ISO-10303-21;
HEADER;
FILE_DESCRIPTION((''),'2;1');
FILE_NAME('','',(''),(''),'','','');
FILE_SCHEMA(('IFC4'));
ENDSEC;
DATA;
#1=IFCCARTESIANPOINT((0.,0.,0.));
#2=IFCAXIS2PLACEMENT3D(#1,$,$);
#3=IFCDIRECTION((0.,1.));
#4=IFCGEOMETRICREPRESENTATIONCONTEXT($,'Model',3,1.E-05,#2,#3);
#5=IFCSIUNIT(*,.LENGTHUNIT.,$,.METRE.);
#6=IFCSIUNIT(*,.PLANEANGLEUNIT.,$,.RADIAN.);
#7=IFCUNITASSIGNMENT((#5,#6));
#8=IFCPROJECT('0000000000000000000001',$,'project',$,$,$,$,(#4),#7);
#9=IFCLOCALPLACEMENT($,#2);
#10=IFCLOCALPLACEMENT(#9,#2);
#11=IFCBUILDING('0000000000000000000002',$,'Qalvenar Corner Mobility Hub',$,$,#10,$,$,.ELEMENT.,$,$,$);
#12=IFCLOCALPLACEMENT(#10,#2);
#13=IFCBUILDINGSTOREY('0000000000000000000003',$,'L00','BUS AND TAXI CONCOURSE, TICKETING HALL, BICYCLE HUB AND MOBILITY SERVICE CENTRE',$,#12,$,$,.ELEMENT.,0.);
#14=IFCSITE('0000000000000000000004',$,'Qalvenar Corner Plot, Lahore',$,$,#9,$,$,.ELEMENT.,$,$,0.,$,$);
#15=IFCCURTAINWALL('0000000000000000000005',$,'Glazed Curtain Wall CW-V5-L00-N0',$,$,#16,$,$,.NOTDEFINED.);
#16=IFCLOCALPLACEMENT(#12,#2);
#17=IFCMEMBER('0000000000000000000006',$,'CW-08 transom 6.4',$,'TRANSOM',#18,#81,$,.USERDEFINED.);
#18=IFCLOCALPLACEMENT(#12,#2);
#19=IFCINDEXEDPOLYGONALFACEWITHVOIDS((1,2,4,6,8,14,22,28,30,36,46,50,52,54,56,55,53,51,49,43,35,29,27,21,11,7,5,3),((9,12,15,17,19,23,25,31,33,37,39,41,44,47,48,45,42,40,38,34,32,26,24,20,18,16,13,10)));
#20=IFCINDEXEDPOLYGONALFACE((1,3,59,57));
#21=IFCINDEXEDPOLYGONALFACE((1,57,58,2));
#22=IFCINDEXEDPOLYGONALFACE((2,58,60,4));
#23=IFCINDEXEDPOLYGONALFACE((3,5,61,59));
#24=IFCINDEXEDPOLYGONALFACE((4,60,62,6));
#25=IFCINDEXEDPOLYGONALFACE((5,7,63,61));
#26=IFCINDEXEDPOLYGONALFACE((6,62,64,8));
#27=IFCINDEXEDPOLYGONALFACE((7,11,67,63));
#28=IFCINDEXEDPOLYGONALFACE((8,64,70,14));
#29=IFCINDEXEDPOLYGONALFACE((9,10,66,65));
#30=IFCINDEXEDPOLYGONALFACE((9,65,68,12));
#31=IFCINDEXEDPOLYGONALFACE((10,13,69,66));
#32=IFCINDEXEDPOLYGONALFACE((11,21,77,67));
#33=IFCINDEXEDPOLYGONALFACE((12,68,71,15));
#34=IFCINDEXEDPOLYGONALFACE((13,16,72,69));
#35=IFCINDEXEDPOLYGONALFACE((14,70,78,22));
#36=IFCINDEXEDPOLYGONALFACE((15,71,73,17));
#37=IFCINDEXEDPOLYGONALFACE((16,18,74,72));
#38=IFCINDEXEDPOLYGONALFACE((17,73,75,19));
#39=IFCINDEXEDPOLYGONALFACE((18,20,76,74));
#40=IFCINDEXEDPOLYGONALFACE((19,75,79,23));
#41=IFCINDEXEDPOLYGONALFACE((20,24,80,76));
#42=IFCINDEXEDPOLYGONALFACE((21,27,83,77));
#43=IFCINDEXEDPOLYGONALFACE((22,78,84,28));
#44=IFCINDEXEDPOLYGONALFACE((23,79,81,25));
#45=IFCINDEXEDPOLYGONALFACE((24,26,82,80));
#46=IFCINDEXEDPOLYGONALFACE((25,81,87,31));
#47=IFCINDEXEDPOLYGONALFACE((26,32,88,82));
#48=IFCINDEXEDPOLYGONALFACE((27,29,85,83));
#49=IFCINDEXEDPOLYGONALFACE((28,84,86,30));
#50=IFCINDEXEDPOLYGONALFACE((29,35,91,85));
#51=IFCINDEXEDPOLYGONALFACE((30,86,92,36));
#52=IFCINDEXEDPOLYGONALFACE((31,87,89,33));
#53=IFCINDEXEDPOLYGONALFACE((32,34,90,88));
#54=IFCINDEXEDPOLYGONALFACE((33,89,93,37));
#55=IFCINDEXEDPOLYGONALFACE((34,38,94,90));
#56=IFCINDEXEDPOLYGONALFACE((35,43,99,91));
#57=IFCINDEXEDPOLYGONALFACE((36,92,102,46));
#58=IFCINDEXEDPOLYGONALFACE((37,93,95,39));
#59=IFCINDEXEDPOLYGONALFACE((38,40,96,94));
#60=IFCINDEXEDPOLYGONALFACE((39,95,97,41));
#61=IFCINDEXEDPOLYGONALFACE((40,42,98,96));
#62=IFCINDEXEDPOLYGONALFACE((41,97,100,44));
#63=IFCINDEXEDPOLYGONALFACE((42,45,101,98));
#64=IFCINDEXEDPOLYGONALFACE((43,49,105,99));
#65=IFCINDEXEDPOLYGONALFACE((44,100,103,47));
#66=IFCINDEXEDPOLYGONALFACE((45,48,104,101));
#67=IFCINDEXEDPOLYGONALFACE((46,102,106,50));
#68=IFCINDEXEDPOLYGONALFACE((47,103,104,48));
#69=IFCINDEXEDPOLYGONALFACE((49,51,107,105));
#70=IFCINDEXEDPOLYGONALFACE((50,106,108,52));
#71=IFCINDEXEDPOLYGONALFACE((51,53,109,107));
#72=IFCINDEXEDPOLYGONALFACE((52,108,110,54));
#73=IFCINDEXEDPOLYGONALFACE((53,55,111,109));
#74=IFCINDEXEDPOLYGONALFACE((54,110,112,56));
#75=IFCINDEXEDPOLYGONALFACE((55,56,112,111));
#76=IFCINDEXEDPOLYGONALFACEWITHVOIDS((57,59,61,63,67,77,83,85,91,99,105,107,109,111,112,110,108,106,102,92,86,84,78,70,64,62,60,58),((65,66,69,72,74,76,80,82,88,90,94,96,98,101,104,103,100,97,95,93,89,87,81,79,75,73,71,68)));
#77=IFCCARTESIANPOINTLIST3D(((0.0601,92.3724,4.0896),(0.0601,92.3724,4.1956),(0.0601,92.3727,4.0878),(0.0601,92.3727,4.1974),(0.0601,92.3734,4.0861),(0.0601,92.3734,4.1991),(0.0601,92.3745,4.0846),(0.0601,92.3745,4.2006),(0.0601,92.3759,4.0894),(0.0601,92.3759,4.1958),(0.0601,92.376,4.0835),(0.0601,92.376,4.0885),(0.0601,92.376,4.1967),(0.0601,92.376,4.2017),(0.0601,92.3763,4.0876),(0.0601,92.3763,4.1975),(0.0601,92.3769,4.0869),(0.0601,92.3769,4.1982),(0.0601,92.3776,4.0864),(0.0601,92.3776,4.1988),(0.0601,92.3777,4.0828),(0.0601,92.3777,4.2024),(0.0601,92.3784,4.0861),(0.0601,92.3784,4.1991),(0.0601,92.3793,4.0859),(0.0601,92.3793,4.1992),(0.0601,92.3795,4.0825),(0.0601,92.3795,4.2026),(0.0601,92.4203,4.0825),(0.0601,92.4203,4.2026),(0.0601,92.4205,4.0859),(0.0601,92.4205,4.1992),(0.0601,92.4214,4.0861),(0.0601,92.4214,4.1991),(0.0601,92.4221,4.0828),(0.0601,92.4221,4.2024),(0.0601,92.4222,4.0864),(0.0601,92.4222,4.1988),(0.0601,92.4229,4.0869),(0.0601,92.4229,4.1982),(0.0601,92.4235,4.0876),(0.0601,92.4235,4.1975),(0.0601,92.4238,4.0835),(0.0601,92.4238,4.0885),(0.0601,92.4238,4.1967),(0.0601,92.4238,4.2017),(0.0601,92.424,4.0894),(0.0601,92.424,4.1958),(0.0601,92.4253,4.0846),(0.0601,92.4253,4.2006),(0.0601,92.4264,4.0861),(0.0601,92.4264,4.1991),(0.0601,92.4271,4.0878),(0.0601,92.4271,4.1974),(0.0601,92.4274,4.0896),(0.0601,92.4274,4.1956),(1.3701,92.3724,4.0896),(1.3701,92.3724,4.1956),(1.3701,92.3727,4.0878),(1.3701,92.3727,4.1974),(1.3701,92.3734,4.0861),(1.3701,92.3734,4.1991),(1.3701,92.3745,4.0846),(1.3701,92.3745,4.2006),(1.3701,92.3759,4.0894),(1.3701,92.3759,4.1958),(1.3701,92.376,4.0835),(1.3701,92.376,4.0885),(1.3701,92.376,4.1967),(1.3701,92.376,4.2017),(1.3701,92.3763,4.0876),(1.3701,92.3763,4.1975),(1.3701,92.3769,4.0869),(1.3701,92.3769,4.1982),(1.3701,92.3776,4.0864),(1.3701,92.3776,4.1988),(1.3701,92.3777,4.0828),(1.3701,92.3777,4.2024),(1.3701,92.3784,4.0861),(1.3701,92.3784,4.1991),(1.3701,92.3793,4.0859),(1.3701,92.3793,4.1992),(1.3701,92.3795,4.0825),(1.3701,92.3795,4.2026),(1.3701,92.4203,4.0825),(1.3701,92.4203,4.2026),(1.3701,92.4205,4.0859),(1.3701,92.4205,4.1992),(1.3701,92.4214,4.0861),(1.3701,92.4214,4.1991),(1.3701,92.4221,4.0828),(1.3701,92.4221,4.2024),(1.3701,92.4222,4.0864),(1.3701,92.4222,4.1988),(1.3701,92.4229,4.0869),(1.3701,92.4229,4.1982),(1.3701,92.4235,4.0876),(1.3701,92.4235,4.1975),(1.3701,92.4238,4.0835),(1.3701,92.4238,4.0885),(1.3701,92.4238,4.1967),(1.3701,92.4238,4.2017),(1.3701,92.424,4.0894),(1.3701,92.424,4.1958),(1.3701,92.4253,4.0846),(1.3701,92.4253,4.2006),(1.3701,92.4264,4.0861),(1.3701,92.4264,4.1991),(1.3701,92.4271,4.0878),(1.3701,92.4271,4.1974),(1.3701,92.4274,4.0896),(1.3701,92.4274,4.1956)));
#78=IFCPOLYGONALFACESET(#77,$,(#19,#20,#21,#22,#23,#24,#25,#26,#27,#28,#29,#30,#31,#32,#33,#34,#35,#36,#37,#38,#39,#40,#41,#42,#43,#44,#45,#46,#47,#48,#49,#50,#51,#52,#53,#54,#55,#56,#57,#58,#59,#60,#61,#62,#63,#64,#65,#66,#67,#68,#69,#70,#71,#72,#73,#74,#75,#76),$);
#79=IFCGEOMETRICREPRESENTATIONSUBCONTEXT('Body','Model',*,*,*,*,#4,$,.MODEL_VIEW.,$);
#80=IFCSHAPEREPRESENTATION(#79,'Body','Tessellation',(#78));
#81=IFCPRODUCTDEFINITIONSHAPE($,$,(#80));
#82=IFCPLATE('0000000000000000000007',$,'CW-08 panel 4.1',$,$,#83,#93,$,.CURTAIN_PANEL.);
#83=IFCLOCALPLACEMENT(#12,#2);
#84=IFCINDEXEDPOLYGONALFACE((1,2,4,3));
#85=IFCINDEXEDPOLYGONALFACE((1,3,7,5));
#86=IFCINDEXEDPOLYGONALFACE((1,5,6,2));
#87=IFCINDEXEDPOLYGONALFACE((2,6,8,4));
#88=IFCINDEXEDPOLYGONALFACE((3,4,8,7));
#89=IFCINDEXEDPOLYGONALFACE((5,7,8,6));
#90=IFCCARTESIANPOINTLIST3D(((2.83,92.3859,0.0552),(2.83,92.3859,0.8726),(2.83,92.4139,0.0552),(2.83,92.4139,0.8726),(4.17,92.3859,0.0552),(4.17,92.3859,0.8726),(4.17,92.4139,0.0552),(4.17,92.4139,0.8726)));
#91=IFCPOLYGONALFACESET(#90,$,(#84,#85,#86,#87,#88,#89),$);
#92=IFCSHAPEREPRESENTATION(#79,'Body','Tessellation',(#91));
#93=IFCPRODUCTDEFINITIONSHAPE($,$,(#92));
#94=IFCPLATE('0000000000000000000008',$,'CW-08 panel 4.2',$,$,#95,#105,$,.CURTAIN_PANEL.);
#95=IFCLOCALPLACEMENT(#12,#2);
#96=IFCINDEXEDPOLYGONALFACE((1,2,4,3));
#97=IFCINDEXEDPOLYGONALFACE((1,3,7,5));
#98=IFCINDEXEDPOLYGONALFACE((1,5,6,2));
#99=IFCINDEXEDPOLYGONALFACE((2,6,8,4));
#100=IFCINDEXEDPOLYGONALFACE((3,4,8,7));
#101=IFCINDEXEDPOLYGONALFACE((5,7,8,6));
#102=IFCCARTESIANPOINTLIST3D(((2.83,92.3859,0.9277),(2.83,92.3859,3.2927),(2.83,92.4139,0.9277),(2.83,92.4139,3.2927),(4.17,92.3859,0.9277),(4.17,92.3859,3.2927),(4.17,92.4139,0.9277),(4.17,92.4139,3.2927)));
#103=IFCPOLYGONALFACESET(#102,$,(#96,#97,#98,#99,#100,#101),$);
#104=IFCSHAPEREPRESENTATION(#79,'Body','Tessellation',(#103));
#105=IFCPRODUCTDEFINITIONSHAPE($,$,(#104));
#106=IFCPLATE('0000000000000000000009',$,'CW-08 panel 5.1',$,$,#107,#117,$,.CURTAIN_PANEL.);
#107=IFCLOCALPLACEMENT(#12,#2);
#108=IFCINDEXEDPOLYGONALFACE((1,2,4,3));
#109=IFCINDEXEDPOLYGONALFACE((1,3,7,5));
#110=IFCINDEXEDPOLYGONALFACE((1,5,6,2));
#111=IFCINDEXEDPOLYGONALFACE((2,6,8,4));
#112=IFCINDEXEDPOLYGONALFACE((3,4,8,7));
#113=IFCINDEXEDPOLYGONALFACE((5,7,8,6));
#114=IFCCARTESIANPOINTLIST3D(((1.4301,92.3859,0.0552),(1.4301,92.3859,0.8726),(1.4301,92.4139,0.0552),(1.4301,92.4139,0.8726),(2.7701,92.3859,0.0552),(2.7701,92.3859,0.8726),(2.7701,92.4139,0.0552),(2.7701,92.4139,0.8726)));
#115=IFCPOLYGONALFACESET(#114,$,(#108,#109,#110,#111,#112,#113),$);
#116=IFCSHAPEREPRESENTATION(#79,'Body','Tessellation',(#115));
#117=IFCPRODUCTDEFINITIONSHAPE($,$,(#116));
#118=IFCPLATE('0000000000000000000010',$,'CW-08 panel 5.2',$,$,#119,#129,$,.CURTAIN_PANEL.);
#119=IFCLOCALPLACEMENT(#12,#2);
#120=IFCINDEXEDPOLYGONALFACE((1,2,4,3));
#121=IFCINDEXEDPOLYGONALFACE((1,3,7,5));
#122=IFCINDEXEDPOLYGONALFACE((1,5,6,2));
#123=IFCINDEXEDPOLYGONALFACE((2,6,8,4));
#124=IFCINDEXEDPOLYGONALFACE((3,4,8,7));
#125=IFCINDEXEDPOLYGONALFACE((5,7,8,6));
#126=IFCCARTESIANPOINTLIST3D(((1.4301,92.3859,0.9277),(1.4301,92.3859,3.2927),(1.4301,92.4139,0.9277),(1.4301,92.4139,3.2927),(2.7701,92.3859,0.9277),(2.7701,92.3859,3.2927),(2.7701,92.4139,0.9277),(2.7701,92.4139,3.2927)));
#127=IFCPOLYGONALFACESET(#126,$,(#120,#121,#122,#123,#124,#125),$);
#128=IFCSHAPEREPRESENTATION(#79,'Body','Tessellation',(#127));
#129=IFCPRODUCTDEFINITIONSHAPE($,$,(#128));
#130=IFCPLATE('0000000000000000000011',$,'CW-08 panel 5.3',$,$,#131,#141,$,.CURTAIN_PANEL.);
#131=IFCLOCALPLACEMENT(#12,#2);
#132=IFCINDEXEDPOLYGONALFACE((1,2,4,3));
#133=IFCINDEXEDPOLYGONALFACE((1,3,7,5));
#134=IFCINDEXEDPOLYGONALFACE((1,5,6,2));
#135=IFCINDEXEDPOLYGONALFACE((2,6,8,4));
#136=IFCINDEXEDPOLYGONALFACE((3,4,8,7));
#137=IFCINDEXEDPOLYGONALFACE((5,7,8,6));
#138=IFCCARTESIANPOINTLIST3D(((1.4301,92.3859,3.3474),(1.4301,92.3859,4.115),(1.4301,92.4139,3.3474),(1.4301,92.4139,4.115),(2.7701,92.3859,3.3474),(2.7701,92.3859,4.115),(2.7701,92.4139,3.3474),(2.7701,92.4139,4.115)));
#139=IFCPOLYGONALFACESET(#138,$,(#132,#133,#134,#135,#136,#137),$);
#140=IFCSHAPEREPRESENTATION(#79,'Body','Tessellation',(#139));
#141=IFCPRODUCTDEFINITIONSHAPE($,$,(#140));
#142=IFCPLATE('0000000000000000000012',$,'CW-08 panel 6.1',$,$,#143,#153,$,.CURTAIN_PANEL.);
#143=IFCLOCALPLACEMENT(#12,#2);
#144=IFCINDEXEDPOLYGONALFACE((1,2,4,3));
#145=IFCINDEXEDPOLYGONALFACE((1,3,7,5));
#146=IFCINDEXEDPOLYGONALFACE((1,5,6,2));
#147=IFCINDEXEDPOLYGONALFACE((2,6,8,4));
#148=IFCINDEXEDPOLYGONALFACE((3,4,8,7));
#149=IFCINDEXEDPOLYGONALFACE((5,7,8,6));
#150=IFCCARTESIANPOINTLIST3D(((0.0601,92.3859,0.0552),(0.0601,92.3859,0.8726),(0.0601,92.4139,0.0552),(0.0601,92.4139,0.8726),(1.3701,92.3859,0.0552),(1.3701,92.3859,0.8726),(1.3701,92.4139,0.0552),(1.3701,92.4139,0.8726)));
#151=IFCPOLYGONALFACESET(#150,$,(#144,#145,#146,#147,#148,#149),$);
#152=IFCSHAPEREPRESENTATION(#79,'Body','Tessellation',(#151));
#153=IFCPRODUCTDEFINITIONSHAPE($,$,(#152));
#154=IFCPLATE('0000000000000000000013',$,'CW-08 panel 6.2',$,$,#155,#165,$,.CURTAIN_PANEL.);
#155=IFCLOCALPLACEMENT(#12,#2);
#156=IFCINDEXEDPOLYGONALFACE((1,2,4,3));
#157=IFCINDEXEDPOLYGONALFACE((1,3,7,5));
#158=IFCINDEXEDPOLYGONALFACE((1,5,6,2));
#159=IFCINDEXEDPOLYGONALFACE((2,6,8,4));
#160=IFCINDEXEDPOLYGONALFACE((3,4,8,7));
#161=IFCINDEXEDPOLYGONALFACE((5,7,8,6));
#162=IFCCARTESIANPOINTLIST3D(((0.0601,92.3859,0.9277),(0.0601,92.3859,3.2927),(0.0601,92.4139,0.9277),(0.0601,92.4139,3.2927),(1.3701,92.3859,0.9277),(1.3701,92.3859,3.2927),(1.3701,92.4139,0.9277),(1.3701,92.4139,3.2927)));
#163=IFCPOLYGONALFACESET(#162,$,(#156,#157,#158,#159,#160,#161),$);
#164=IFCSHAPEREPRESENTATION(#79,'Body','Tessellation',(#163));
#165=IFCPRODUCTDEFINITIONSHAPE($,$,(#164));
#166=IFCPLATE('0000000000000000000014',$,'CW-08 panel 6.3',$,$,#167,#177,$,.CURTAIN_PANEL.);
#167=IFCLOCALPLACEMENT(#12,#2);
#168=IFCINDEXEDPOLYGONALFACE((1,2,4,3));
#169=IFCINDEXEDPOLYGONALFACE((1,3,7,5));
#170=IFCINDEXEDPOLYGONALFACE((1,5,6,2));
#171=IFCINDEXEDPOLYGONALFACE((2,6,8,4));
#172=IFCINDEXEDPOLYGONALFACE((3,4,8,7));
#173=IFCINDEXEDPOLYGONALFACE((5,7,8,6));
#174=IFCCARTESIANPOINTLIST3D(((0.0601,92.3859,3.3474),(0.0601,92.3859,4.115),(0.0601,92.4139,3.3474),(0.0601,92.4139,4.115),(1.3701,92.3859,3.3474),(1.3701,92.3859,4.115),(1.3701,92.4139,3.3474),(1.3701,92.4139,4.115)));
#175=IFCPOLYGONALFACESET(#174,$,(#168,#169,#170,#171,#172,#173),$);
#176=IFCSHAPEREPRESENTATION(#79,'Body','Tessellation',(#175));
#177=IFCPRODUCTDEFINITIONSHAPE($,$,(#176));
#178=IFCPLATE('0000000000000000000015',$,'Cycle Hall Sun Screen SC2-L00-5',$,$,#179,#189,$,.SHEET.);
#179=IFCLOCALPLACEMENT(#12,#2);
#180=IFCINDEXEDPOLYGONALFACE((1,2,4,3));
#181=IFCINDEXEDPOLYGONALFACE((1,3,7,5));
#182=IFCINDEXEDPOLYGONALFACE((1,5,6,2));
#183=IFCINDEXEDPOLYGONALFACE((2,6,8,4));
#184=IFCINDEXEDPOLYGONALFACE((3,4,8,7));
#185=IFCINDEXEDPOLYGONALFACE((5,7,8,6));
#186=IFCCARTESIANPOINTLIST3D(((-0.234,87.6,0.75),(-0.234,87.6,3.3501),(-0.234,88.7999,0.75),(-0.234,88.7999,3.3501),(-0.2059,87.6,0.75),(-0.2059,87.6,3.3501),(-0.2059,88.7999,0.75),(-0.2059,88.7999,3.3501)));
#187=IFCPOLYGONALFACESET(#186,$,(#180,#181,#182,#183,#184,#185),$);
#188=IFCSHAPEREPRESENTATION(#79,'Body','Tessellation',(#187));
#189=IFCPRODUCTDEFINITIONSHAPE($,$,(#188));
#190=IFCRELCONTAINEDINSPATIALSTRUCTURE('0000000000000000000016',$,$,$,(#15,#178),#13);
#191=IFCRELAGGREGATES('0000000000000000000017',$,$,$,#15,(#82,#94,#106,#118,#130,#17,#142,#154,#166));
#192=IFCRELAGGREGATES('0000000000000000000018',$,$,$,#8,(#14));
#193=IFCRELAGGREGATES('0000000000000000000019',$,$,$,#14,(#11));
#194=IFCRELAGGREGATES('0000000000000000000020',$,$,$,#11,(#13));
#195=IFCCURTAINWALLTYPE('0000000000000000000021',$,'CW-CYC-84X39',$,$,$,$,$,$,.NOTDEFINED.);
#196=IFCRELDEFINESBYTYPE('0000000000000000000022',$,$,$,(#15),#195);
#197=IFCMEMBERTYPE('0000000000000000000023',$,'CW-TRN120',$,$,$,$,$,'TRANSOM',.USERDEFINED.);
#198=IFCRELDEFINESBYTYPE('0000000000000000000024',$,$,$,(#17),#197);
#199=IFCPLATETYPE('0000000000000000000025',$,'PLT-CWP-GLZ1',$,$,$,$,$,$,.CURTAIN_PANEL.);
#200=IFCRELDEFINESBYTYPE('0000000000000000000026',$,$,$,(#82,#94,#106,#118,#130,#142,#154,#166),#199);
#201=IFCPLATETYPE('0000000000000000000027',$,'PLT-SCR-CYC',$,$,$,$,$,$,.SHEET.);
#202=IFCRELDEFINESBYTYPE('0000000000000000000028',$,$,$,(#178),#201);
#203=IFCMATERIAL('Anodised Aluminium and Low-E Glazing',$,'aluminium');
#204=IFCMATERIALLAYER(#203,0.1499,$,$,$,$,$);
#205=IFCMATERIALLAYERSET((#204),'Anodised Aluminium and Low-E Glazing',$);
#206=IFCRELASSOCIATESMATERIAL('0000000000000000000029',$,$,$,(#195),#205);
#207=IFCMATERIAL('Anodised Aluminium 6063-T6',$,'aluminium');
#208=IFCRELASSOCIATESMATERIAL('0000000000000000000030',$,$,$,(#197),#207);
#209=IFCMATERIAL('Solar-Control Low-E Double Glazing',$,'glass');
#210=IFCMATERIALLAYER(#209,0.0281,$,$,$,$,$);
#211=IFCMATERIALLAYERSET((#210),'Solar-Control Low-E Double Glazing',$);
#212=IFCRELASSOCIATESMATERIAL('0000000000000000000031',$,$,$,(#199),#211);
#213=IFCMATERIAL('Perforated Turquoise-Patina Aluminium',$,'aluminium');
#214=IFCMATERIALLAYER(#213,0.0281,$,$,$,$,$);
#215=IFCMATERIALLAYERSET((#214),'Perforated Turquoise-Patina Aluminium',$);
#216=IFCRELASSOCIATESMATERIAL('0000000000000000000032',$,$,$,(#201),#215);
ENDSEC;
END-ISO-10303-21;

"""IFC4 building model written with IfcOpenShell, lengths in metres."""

from ifc_helpers import new_model, si_unit, direction, frame, origin, origin_2d, place, context, subcontext, project, spatial, rectangle, hollow_rectangle, extrude, material, layer, layer_set, material_profile, profile_set, type_object, element, aggregate, save


model = new_model("IFC4")

# Units and contexts
model_context = context("Model", 3, precision=1e-05, world=origin(), true_north=direction((0.0, 1.0)))
body_context = subcontext(model_context, "Body", "Model", "MODEL_VIEW")
ifc_project = project(units=[si_unit("LENGTHUNIT", "METRE"), si_unit("PLANEANGLEUNIT", "RADIAN")], contexts=[model_context])

# Site, building, storey
site_placement = place(None, origin())
site = spatial("IfcSite", under=ifc_project, at=site_placement, Name="Qalvenar Corner Plot, Lahore", CompositionType="ELEMENT", RefElevation=0.0)
building_placement = place(site_placement, origin())
building = spatial("IfcBuilding", under=site, at=building_placement, Name="Qalvenar Corner Mobility Hub", CompositionType="ELEMENT")
storey_placement = place(building_placement, origin())
storey = spatial("IfcBuildingStorey", under=building, at=storey_placement, Name="L00", Description="BUS AND TAXI CONCOURSE, TICKETING HALL, BICYCLE HUB AND MOBILITY SERVICE CENTRE", CompositionType="ELEMENT", Elevation=0.0)

# Curtain wall, member, plates
ifc_material_1 = material(Name="Anodised Aluminium and Low-E Glazing", Category="aluminium")
ifc_layer_1 = layer(ifc_material_1, 0.1499)
ifc_layer_set_1 = layer_set([ifc_layer_1], Name="Anodised Aluminium and Low-E Glazing")
curtain_wall_type = type_object("IfcCurtainWallType", Name="CW-CYC-84X39", PredefinedType="NOTDEFINED", material=ifc_layer_set_1)
curtain_wall_placement = place(storey_placement, origin())
curtain_wall = element("IfcCurtainWall", 1, at=curtain_wall_placement, inside=storey, type_object=curtain_wall_type, Name="Glazed Curtain Wall CW-V5-L00-N0", PredefinedType="NOTDEFINED")
ifc_material_2 = material(Name="Anodised Aluminium 6063-T6", Category="aluminium")
ifc_material_profile_1 = material_profile(ifc_material_2, hollow_rectangle(XDim=0.0549, YDim=0.1201, WallThickness=0.0034, InnerFilletRadius=0.0034, OuterFilletRadius=0.0071, at=origin_2d()), Name="RHS120x55x3.5")
ifc_profile_set_1 = profile_set([ifc_material_profile_1], Name="Anodised Aluminium 6063-T6")
member_type_1 = type_object("IfcMemberType", Name="CW-TRN120", ElementType="TRANSOM", PredefinedType="USERDEFINED", material=ifc_profile_set_1)
member_1_placement = place(storey_placement, frame((1.3701, 92.3999, 4.1426), z_axis=(-1.0, 0.0, 0.0), x_axis=(0.0, -1.0, 0.0)))
member_1 = element("IfcMember", 2, at=member_1_placement, type_object=member_type_1, Name="CW-08 transom 6.4", ObjectType="TRANSOM", PredefinedType="USERDEFINED", context=body_context, shape_type="SweptSolid", body=[
    extrude(hollow_rectangle(XDim=0.0549, YDim=0.1201, WallThickness=0.0034, InnerFilletRadius=0.0034, OuterFilletRadius=0.0071, at=origin_2d()), origin(), (0.0, 0.0, 1.0), 1.3101),
])
ifc_material_3 = material(Name="Solar-Control Low-E Double Glazing", Category="glass")
ifc_layer_2 = layer(ifc_material_3, 0.0281)
ifc_layer_set_2 = layer_set([ifc_layer_2], Name="Solar-Control Low-E Double Glazing")
plate_type_1 = type_object("IfcPlateType", Name="PLT-CWP-GLZ1", PredefinedType="CURTAIN_PANEL", material=ifc_layer_set_2)
plate_1_placement = place(storey_placement, frame((3.5, 92.3999, 0.0552), z_axis=(0.0, 0.0, 1.0), x_axis=(-1.0, 0.0, 0.0)))
plate_1 = element("IfcPlate", 3, at=plate_1_placement, type_object=plate_type_1, Name="CW-08 panel 4.1", PredefinedType="CURTAIN_PANEL", context=body_context, shape_type="SweptSolid", body=[
    extrude(rectangle(XDim=1.3401, YDim=0.0281, at=origin_2d()), origin(), (0.0, 0.0, 1.0), 0.8174),
])
plate_2_placement = place(storey_placement, frame((3.5, 92.3999, 0.9277), z_axis=(0.0, 0.0, 1.0), x_axis=(-1.0, 0.0, 0.0)))
plate_2 = element("IfcPlate", 4, at=plate_2_placement, type_object=plate_type_1, Name="CW-08 panel 4.2", PredefinedType="CURTAIN_PANEL", context=body_context, shape_type="SweptSolid", body=[
    extrude(rectangle(XDim=1.3401, YDim=0.0281, at=origin_2d()), origin(), (0.0, 0.0, 1.0), 2.365),
])
plate_3_placement = place(storey_placement, frame((2.1001, 92.3999, 0.0552), z_axis=(0.0, 0.0, 1.0), x_axis=(-1.0, 0.0, 0.0)))
plate_3 = element("IfcPlate", 5, at=plate_3_placement, type_object=plate_type_1, Name="CW-08 panel 5.1", PredefinedType="CURTAIN_PANEL", context=body_context, shape_type="SweptSolid", body=[
    extrude(rectangle(XDim=1.3401, YDim=0.0281, at=origin_2d()), origin(), (0.0, 0.0, 1.0), 0.8174),
])
plate_4_placement = place(storey_placement, frame((2.1001, 92.3999, 0.9277), z_axis=(0.0, 0.0, 1.0), x_axis=(-1.0, 0.0, 0.0)))
plate_4 = element("IfcPlate", 6, at=plate_4_placement, type_object=plate_type_1, Name="CW-08 panel 5.2", PredefinedType="CURTAIN_PANEL", context=body_context, shape_type="SweptSolid", body=[
    extrude(rectangle(XDim=1.3401, YDim=0.0281, at=origin_2d()), origin(), (0.0, 0.0, 1.0), 2.365),
])
plate_5_placement = place(storey_placement, frame((2.1001, 92.3999, 3.3474), z_axis=(0.0, 0.0, 1.0), x_axis=(-1.0, 0.0, 0.0)))
plate_5 = element("IfcPlate", 7, at=plate_5_placement, type_object=plate_type_1, Name="CW-08 panel 5.3", PredefinedType="CURTAIN_PANEL", context=body_context, shape_type="SweptSolid", body=[
    extrude(rectangle(XDim=1.3401, YDim=0.0281, at=origin_2d()), origin(), (0.0, 0.0, 1.0), 0.7676),
])
plate_6_placement = place(storey_placement, frame((0.7151, 92.3999, 0.0552), z_axis=(0.0, 0.0, 1.0), x_axis=(-1.0, 0.0, 0.0)))
plate_6 = element("IfcPlate", 8, at=plate_6_placement, type_object=plate_type_1, Name="CW-08 panel 6.1", PredefinedType="CURTAIN_PANEL", context=body_context, shape_type="SweptSolid", body=[
    extrude(rectangle(XDim=1.3101, YDim=0.0281, at=origin_2d()), origin(), (0.0, 0.0, 1.0), 0.8174),
])
plate_7_placement = place(storey_placement, frame((0.7151, 92.3999, 0.9277), z_axis=(0.0, 0.0, 1.0), x_axis=(-1.0, 0.0, 0.0)))
plate_7 = element("IfcPlate", 9, at=plate_7_placement, type_object=plate_type_1, Name="CW-08 panel 6.2", PredefinedType="CURTAIN_PANEL", context=body_context, shape_type="SweptSolid", body=[
    extrude(rectangle(XDim=1.3101, YDim=0.0281, at=origin_2d()), origin(), (0.0, 0.0, 1.0), 2.365),
])
plate_8_placement = place(storey_placement, frame((0.7151, 92.3999, 3.3474), z_axis=(0.0, 0.0, 1.0), x_axis=(-1.0, 0.0, 0.0)))
plate_8 = element("IfcPlate", 10, at=plate_8_placement, type_object=plate_type_1, Name="CW-08 panel 6.3", PredefinedType="CURTAIN_PANEL", context=body_context, shape_type="SweptSolid", body=[
    extrude(rectangle(XDim=1.3101, YDim=0.0281, at=origin_2d()), origin(), (0.0, 0.0, 1.0), 0.7676),
])
aggregate(curtain_wall, [plate_1, plate_2, plate_3, plate_4, plate_5, member_1, plate_6, plate_7, plate_8])

# Plate
ifc_material_4 = material(Name="Perforated Turquoise-Patina Aluminium", Category="aluminium")
ifc_layer_3 = layer(ifc_material_4, 0.0281)
ifc_layer_set_3 = layer_set([ifc_layer_3], Name="Perforated Turquoise-Patina Aluminium")
plate_type_2 = type_object("IfcPlateType", Name="PLT-SCR-CYC", PredefinedType="SHEET", material=ifc_layer_set_3)
plate_9_placement = place(storey_placement, frame((-0.22, 88.2, 0.75), z_axis=(0.0, 0.0, 1.0), x_axis=(0.0, 1.0, 0.0)))
element("IfcPlate", 11, at=plate_9_placement, inside=storey, type_object=plate_type_2, Name="Cycle Hall Sun Screen SC2-L00-5", PredefinedType="SHEET", context=body_context, shape_type="SweptSolid", body=[
    extrude(rectangle(XDim=1.2, YDim=0.0281, at=origin_2d()), origin(), (0.0, 0.0, 1.0), 2.6001),
])

save(model, "model.ifc")
